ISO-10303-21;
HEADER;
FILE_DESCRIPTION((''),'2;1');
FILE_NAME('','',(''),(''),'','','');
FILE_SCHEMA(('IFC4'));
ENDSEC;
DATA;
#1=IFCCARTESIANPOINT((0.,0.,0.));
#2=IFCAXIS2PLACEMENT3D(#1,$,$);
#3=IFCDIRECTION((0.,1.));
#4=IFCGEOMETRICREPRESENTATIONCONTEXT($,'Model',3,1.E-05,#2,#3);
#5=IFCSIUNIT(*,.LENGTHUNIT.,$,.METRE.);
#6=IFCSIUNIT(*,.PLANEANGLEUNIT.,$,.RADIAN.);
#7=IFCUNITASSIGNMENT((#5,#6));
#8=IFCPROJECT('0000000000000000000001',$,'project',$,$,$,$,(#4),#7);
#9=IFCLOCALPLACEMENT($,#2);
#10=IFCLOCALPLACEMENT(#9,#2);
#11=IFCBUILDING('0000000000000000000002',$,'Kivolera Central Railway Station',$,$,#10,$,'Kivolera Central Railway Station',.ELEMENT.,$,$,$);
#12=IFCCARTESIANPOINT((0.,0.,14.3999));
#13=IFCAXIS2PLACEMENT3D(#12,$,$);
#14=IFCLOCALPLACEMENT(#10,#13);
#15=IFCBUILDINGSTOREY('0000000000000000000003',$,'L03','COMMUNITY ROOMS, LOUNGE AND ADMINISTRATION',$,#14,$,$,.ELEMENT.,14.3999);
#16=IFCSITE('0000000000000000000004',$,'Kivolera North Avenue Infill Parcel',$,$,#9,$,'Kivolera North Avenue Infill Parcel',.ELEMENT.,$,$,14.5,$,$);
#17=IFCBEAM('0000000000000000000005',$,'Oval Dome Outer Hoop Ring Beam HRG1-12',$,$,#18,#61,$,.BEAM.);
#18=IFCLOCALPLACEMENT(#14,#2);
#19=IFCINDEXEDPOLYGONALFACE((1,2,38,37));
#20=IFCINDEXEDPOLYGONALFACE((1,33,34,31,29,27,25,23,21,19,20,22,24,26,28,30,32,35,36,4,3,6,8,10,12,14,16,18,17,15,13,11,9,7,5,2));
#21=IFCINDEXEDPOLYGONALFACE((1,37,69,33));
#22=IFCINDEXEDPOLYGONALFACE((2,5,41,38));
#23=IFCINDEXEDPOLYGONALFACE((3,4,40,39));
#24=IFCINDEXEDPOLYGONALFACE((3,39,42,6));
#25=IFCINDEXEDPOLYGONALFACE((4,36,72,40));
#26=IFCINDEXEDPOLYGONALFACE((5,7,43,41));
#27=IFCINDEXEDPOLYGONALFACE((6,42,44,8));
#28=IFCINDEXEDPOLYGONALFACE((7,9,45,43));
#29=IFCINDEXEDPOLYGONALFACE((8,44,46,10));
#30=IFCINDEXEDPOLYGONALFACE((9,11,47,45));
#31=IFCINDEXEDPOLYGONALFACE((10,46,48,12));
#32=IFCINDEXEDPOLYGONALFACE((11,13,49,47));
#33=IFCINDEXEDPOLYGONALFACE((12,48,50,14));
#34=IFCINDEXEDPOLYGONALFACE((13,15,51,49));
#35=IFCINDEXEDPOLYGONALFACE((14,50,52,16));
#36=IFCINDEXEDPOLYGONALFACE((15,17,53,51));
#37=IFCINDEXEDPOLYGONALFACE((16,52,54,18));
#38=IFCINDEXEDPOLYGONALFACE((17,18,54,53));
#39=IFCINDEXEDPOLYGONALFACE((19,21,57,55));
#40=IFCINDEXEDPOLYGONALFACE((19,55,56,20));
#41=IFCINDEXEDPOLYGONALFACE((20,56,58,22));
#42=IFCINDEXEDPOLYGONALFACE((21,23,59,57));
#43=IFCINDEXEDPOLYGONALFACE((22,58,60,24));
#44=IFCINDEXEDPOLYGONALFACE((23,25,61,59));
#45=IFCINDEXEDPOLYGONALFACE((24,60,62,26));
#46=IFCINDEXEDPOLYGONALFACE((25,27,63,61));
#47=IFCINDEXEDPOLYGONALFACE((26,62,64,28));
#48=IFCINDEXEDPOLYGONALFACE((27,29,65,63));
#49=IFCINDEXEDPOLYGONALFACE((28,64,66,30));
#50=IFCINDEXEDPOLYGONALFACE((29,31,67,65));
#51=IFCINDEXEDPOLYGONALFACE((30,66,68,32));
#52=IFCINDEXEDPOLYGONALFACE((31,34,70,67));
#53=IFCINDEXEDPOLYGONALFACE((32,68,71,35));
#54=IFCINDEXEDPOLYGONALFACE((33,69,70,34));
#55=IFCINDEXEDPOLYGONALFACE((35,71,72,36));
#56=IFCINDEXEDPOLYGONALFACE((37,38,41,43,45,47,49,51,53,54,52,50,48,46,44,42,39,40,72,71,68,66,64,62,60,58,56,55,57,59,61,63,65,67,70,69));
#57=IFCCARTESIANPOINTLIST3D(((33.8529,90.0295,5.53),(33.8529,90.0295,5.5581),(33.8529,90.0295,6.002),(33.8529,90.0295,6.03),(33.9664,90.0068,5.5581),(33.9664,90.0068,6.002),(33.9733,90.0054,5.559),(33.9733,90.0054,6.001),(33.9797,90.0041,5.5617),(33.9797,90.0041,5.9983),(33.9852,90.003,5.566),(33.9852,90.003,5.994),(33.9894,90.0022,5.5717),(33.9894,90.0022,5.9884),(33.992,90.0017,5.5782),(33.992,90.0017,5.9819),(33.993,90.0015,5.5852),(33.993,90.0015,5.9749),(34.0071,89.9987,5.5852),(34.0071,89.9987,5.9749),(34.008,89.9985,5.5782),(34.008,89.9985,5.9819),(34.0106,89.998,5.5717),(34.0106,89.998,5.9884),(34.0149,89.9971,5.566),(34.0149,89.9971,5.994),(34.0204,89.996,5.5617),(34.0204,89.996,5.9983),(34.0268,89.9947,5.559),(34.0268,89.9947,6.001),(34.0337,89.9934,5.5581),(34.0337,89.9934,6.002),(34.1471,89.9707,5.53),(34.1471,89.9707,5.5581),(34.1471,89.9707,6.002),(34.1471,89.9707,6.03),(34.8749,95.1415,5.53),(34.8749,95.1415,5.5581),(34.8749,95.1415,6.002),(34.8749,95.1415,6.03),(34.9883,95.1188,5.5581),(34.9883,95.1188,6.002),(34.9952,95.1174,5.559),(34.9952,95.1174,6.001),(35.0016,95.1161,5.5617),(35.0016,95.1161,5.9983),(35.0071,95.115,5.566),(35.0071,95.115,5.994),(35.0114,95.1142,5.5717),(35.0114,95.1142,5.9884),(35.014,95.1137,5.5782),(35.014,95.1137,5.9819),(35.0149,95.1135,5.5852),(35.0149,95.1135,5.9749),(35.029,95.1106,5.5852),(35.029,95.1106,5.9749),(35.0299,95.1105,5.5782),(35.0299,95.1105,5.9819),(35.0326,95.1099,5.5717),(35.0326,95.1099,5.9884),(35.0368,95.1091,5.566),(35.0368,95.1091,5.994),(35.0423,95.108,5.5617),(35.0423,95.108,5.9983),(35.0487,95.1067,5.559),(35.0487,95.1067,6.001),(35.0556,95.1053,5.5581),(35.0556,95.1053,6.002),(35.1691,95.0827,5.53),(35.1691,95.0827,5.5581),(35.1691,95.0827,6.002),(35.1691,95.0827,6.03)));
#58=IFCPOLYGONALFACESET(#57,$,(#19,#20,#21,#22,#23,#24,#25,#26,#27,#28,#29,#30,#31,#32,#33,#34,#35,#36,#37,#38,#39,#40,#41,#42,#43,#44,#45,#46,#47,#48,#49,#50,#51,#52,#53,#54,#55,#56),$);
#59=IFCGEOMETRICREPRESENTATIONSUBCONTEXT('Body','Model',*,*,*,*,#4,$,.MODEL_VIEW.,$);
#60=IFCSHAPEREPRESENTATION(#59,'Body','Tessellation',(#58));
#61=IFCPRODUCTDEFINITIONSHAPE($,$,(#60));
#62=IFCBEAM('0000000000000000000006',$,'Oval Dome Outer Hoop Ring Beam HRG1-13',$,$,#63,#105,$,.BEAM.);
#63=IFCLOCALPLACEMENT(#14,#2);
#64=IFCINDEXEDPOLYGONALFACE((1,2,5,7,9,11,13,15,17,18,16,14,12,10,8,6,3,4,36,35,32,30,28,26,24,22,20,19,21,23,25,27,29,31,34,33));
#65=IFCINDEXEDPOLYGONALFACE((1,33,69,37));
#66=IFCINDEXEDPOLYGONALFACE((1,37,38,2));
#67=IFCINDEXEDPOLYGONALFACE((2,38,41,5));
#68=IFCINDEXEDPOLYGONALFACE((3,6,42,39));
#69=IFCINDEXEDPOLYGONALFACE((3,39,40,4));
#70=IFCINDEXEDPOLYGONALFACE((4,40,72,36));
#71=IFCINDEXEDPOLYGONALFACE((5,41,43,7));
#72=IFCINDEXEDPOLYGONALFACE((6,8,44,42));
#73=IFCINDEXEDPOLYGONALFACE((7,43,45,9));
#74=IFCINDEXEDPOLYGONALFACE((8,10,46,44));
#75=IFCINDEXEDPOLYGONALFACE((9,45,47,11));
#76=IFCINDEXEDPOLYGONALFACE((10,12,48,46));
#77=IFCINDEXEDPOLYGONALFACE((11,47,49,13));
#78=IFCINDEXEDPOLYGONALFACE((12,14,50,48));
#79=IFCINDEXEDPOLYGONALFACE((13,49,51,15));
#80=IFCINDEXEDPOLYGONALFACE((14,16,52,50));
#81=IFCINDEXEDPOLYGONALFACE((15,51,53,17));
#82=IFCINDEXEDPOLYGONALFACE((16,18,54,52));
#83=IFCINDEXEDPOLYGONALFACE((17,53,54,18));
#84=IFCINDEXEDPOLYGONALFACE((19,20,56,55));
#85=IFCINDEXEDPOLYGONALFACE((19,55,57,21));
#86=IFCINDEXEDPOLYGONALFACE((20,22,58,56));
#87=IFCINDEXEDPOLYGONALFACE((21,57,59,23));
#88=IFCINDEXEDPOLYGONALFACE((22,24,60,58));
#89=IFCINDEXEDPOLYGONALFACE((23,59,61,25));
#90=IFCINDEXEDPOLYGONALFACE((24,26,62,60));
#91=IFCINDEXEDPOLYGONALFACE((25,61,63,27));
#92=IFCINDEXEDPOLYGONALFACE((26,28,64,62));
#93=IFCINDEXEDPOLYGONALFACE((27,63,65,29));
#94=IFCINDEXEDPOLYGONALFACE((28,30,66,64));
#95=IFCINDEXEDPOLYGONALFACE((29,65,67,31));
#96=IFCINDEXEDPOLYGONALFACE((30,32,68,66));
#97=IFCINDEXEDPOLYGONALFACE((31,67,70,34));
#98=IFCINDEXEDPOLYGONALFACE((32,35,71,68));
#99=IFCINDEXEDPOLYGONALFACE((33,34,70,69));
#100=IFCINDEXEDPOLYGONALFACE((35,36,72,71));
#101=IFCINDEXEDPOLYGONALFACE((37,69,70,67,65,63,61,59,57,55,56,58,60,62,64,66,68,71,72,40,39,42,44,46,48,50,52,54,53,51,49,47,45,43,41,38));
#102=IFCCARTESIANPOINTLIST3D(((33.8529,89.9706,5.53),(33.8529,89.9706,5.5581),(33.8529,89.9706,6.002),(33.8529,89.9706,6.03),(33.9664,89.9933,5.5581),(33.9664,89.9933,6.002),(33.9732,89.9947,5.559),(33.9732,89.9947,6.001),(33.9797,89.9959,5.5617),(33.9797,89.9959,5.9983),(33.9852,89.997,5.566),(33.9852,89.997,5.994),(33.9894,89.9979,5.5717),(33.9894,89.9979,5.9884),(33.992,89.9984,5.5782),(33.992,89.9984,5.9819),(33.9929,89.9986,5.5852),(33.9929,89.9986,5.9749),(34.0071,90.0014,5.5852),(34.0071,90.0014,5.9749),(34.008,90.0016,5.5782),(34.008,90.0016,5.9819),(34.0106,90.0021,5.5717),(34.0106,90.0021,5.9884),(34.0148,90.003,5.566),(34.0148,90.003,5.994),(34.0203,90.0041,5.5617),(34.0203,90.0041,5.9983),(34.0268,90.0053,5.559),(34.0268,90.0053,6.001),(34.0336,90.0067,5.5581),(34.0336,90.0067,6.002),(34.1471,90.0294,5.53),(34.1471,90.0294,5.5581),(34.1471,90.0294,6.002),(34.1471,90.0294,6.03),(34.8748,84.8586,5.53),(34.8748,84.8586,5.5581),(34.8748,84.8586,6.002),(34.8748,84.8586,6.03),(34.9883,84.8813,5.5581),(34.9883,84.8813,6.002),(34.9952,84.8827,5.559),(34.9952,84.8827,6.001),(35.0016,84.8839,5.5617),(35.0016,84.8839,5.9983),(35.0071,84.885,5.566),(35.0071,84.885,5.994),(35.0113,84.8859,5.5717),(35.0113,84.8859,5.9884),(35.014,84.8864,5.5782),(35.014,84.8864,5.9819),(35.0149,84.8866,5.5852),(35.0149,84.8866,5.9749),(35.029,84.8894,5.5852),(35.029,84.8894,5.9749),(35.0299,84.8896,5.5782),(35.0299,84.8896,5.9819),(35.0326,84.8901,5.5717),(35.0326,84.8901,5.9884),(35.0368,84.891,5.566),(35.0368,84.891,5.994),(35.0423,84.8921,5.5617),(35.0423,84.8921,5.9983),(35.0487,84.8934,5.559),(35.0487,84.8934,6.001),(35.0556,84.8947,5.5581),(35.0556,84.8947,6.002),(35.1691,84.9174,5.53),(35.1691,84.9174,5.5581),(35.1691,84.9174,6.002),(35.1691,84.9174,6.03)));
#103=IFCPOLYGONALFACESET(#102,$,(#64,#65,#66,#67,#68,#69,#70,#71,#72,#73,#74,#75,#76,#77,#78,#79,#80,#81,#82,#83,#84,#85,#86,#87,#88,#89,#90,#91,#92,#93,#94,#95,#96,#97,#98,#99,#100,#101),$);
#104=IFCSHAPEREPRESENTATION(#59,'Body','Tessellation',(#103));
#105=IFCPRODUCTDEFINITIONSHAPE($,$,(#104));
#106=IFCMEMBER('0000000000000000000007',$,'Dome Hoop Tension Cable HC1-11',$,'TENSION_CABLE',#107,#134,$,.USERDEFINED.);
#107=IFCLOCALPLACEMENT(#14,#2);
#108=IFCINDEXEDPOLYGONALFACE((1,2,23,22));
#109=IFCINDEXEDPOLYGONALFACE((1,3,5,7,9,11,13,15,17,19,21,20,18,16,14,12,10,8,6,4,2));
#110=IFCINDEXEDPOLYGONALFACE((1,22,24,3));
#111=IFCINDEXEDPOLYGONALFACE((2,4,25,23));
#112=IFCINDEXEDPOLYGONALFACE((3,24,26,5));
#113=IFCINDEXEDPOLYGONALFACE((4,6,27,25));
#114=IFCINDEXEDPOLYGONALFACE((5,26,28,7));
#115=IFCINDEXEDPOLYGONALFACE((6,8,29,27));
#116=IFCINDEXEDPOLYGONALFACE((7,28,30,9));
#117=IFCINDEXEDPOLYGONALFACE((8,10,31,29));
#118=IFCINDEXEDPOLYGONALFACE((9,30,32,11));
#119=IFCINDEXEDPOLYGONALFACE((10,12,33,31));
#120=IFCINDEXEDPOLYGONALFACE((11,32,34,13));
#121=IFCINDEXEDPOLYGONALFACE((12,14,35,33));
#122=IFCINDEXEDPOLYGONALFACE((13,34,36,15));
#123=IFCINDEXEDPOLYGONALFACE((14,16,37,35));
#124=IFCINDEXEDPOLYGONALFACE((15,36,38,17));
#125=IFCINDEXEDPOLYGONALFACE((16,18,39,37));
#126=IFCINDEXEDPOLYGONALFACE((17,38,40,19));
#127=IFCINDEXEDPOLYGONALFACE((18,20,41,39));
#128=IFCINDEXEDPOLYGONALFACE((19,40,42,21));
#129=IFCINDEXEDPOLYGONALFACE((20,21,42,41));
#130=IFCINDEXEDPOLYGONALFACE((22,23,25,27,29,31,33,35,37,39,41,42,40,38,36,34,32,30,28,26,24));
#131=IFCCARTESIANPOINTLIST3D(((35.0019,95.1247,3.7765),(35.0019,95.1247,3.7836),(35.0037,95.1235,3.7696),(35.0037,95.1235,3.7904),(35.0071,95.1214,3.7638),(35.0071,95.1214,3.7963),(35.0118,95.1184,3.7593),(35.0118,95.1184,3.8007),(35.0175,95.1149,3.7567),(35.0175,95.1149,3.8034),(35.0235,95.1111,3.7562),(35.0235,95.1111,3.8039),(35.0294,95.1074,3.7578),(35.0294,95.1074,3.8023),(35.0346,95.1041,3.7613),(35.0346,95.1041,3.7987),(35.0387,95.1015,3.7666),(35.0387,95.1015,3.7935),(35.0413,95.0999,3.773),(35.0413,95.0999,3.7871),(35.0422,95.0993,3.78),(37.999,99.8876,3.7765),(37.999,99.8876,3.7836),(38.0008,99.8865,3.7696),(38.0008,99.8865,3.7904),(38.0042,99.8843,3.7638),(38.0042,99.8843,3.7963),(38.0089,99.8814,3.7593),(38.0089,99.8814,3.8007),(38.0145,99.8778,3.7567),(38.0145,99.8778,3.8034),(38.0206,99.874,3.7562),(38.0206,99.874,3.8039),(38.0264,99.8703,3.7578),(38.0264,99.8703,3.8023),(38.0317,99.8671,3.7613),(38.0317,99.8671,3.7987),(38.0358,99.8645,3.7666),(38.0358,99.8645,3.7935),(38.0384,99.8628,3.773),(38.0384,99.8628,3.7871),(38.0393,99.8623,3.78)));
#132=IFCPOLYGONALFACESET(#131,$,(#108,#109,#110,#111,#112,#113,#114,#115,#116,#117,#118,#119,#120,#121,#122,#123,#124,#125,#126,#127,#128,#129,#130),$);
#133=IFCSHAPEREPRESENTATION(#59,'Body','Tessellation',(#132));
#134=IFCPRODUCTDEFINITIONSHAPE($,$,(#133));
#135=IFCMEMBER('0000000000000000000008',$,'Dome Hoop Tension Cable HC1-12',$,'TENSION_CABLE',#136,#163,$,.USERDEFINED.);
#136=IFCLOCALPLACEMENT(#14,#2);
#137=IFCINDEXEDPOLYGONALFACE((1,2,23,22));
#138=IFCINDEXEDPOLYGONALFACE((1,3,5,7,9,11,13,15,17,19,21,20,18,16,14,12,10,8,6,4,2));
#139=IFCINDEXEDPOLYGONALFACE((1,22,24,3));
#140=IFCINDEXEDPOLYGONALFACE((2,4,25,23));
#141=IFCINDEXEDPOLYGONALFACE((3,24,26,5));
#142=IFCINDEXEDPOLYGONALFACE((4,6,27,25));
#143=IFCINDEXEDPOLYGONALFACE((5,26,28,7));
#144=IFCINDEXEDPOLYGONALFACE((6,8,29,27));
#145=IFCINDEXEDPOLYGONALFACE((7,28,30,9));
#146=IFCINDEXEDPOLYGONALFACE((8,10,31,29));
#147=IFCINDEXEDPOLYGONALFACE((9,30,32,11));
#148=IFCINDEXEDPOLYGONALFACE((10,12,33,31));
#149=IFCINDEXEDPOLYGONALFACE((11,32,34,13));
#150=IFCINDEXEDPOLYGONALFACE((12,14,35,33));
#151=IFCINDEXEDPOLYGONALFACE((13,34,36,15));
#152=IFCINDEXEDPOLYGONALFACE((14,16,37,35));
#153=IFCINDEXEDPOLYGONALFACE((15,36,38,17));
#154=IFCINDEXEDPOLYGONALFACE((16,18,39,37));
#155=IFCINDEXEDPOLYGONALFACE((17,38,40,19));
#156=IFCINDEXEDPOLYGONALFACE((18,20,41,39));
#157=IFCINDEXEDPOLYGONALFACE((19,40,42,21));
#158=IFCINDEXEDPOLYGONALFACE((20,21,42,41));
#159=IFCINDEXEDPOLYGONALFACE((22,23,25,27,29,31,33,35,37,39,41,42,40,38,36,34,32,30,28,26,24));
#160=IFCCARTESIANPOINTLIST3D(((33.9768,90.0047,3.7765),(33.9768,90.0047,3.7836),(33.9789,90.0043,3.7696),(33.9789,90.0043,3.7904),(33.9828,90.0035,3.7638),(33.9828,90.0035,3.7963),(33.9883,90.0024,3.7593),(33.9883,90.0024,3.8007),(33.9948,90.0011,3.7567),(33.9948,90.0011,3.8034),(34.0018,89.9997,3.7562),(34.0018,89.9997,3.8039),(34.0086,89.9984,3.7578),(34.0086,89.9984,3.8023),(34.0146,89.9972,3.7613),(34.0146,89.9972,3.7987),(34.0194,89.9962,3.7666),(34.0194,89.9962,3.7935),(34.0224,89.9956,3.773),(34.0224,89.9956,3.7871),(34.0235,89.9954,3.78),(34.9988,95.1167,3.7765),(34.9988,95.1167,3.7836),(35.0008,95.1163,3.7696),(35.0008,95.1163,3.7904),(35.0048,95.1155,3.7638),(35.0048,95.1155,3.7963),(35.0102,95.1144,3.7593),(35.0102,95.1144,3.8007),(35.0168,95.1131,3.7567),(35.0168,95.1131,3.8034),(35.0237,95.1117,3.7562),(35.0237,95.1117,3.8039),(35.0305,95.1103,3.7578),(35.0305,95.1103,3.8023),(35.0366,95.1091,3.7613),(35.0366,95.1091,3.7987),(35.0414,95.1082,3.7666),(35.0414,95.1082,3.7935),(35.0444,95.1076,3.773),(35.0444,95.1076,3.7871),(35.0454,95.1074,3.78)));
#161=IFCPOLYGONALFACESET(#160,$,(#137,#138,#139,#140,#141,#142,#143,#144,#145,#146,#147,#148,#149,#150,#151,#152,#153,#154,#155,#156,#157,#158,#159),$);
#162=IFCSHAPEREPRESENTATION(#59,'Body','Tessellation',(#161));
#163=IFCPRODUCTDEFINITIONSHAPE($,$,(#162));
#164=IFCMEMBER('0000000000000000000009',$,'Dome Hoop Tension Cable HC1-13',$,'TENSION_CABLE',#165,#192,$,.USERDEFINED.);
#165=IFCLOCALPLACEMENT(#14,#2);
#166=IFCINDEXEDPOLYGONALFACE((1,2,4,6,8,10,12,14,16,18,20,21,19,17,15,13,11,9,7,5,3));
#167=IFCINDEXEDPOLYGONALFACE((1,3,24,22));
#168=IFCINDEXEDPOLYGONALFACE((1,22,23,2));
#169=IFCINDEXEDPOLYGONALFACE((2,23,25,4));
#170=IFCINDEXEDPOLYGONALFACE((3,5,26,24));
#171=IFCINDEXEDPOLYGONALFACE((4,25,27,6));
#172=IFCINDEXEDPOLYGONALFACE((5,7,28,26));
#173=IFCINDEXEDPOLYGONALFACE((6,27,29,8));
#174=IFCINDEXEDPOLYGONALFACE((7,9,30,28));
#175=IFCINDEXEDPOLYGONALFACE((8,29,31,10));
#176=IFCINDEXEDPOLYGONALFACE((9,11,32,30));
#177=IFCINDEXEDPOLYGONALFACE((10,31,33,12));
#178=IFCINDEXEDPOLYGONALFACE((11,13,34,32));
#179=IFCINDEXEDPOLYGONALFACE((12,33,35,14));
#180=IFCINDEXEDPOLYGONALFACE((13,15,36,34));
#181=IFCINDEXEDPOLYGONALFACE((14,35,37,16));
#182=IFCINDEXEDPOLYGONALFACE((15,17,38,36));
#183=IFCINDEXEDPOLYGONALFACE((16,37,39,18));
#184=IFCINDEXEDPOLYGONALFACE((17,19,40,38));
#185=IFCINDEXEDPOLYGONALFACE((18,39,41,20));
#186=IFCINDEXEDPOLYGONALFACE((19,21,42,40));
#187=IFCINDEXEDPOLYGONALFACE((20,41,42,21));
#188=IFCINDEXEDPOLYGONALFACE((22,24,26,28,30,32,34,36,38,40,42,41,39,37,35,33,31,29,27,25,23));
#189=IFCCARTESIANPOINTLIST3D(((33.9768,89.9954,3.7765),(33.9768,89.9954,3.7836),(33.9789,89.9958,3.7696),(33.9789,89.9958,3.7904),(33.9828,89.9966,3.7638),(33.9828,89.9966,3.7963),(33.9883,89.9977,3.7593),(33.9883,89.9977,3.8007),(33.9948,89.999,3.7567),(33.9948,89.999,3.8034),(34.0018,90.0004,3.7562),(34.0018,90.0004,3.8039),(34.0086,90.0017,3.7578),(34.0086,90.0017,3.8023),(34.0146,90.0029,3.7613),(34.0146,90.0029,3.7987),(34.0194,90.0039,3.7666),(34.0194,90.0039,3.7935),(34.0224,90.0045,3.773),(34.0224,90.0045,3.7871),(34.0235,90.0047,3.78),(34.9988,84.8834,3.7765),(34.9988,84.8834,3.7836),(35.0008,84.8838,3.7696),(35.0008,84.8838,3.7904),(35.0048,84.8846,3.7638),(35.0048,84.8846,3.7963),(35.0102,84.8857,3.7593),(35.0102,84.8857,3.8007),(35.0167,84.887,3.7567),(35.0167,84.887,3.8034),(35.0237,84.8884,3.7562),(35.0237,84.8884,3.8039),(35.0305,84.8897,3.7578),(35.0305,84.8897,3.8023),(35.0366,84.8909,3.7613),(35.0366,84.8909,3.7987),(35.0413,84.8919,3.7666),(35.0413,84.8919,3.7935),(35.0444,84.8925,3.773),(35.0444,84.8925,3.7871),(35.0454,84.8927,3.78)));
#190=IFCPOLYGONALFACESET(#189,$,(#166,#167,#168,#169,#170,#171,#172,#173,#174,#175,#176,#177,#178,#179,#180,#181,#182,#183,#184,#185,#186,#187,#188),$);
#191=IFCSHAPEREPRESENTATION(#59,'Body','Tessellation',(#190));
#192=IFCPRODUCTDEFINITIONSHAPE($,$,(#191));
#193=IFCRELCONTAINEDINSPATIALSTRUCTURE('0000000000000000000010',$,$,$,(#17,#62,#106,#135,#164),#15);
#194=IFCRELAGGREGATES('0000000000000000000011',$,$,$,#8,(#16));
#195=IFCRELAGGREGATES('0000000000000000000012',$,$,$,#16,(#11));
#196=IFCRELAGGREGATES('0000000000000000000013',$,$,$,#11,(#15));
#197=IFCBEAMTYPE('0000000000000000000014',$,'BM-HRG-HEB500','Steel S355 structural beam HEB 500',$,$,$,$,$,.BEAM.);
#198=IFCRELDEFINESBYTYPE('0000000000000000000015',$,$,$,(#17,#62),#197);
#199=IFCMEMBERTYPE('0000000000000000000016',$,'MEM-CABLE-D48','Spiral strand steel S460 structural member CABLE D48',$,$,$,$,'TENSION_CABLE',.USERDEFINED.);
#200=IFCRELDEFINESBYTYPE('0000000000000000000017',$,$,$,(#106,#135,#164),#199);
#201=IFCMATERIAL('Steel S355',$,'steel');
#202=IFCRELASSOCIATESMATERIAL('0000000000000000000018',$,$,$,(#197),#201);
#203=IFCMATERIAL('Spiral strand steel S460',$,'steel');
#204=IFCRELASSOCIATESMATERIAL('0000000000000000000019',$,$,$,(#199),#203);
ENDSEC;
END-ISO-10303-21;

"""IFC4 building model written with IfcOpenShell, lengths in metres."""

from ifc_helpers import new_model, si_unit, direction, frame, origin, origin_2d, place, context, subcontext, project, spatial, circle, i_section, extrude, material, material_profile, profile_set, type_object, element, save


model = new_model("IFC4")

# Units and contexts
model_context = context("Model", 3, precision=1e-05, world=origin(), true_north=direction((0.0, 1.0)))
body_context = subcontext(model_context, "Body", "Model", "MODEL_VIEW")
ifc_project = project(units=[si_unit("LENGTHUNIT", "METRE"), si_unit("PLANEANGLEUNIT", "RADIAN")], contexts=[model_context])

# Site, building, storey
site_placement = place(None, origin())
site = spatial("IfcSite", under=ifc_project, at=site_placement, Name="Kivolera North Avenue Infill Parcel", LongName="Kivolera North Avenue Infill Parcel", CompositionType="ELEMENT", RefElevation=14.5)
building_placement = place(site_placement, origin())
building = spatial("IfcBuilding", under=site, at=building_placement, Name="Kivolera Central Railway Station", LongName="Kivolera Central Railway Station", CompositionType="ELEMENT")
storey_placement = place(building_placement, frame((0.0, 0.0, 14.3999)))
storey = spatial("IfcBuildingStorey", under=building, at=storey_placement, Name="L03", Description="COMMUNITY ROOMS, LOUNGE AND ADMINISTRATION", CompositionType="ELEMENT", Elevation=14.3999)

# Beams
ifc_material_1 = material(Name="Steel S355", Category="steel")
ifc_material_profile_1 = material_profile(ifc_material_1, i_section(OverallWidth=0.3, OverallDepth=0.5, WebThickness=0.0144, FlangeThickness=0.0281, FilletRadius=0.0271, at=origin_2d()), Name="HEB 500")
ifc_profile_set_1 = profile_set([ifc_material_profile_1], Name="Steel S355")
beam_type_1 = type_object("IfcBeamType", Name="BM-HRG-HEB500", Description="Steel S355 structural beam HEB 500", PredefinedType="BEAM", material=ifc_profile_set_1)
for number, where, z_axis, x_axis, name in (
    (1, (35.022, 95.1121, 5.78), (-0.196035, -0.980597, 0.0), (0.980597, -0.196035, 0.0), "Oval Dome Outer Hoop Ring Beam HRG1-12"),
    (2, (34.0, 90.0, 5.78), (0.196035, -0.980597, 0.0), (0.980597, 0.196035, 0.0), "Oval Dome Outer Hoop Ring Beam HRG1-13"),
):
    element("IfcBeam", number, at=place(storey_placement, frame(where, z_axis=z_axis, x_axis=x_axis)), inside=storey, type_object=beam_type_1, Name=name, PredefinedType="BEAM", context=body_context, shape_type="SweptSolid", body=[
        extrude(i_section(OverallWidth=0.3, OverallDepth=0.5, WebThickness=0.0144, FlangeThickness=0.0281, FilletRadius=0.0271, at=origin_2d()), origin(), (0.0, 0.0, 1.0), 5.2131),
    ])

# Members
ifc_material_2 = material(Name="Spiral strand steel S460", Category="steel")
ifc_material_profile_2 = material_profile(ifc_material_2, circle(Radius=0.0239, at=origin_2d()), Name="CABLE D48")
ifc_profile_set_2 = profile_set([ifc_material_profile_2], Name="Spiral strand steel S460")
member_type_1 = type_object("IfcMemberType", Name="MEM-CABLE-D48", Description="Spiral strand steel S460 structural member CABLE D48", ElementType="TENSION_CABLE", PredefinedType="USERDEFINED", material=ifc_profile_set_2)
member_1_placement = place(storey_placement, frame((38.019, 99.875, 3.78), z_axis=(-0.532582, -0.846378, 0.0), x_axis=(0.846378, -0.532582, 0.0)))
element("IfcMember", 3, at=member_1_placement, inside=storey, type_object=member_type_1, Name="Dome Hoop Tension Cable HC1-11", ObjectType="TENSION_CABLE", PredefinedType="USERDEFINED", context=body_context, shape_type="SweptSolid", body=[
    extrude(circle(Radius=0.0239, at=origin_2d()), origin(), (0.0, 0.0, 1.0), 5.6274),
])
for number, where, z_axis, x_axis, name in (
    (4, (35.022, 95.1121, 3.78), (-0.196035, -0.980597, 0.0), (0.980597, -0.196035, 0.0), "Dome Hoop Tension Cable HC1-12"),
    (5, (34.0, 90.0, 3.78), (0.196035, -0.980597, 0.0), (0.980597, 0.196035, 0.0), "Dome Hoop Tension Cable HC1-13"),
):
    element("IfcMember", number, at=place(storey_placement, frame(where, z_axis=z_axis, x_axis=x_axis)), inside=storey, type_object=member_type_1, Name=name, ObjectType="TENSION_CABLE", PredefinedType="USERDEFINED", context=body_context, shape_type="SweptSolid", body=[
        extrude(circle(Radius=0.0239, at=origin_2d()), origin(), (0.0, 0.0, 1.0), 5.2131),
    ])

save(model, "model.ifc")
